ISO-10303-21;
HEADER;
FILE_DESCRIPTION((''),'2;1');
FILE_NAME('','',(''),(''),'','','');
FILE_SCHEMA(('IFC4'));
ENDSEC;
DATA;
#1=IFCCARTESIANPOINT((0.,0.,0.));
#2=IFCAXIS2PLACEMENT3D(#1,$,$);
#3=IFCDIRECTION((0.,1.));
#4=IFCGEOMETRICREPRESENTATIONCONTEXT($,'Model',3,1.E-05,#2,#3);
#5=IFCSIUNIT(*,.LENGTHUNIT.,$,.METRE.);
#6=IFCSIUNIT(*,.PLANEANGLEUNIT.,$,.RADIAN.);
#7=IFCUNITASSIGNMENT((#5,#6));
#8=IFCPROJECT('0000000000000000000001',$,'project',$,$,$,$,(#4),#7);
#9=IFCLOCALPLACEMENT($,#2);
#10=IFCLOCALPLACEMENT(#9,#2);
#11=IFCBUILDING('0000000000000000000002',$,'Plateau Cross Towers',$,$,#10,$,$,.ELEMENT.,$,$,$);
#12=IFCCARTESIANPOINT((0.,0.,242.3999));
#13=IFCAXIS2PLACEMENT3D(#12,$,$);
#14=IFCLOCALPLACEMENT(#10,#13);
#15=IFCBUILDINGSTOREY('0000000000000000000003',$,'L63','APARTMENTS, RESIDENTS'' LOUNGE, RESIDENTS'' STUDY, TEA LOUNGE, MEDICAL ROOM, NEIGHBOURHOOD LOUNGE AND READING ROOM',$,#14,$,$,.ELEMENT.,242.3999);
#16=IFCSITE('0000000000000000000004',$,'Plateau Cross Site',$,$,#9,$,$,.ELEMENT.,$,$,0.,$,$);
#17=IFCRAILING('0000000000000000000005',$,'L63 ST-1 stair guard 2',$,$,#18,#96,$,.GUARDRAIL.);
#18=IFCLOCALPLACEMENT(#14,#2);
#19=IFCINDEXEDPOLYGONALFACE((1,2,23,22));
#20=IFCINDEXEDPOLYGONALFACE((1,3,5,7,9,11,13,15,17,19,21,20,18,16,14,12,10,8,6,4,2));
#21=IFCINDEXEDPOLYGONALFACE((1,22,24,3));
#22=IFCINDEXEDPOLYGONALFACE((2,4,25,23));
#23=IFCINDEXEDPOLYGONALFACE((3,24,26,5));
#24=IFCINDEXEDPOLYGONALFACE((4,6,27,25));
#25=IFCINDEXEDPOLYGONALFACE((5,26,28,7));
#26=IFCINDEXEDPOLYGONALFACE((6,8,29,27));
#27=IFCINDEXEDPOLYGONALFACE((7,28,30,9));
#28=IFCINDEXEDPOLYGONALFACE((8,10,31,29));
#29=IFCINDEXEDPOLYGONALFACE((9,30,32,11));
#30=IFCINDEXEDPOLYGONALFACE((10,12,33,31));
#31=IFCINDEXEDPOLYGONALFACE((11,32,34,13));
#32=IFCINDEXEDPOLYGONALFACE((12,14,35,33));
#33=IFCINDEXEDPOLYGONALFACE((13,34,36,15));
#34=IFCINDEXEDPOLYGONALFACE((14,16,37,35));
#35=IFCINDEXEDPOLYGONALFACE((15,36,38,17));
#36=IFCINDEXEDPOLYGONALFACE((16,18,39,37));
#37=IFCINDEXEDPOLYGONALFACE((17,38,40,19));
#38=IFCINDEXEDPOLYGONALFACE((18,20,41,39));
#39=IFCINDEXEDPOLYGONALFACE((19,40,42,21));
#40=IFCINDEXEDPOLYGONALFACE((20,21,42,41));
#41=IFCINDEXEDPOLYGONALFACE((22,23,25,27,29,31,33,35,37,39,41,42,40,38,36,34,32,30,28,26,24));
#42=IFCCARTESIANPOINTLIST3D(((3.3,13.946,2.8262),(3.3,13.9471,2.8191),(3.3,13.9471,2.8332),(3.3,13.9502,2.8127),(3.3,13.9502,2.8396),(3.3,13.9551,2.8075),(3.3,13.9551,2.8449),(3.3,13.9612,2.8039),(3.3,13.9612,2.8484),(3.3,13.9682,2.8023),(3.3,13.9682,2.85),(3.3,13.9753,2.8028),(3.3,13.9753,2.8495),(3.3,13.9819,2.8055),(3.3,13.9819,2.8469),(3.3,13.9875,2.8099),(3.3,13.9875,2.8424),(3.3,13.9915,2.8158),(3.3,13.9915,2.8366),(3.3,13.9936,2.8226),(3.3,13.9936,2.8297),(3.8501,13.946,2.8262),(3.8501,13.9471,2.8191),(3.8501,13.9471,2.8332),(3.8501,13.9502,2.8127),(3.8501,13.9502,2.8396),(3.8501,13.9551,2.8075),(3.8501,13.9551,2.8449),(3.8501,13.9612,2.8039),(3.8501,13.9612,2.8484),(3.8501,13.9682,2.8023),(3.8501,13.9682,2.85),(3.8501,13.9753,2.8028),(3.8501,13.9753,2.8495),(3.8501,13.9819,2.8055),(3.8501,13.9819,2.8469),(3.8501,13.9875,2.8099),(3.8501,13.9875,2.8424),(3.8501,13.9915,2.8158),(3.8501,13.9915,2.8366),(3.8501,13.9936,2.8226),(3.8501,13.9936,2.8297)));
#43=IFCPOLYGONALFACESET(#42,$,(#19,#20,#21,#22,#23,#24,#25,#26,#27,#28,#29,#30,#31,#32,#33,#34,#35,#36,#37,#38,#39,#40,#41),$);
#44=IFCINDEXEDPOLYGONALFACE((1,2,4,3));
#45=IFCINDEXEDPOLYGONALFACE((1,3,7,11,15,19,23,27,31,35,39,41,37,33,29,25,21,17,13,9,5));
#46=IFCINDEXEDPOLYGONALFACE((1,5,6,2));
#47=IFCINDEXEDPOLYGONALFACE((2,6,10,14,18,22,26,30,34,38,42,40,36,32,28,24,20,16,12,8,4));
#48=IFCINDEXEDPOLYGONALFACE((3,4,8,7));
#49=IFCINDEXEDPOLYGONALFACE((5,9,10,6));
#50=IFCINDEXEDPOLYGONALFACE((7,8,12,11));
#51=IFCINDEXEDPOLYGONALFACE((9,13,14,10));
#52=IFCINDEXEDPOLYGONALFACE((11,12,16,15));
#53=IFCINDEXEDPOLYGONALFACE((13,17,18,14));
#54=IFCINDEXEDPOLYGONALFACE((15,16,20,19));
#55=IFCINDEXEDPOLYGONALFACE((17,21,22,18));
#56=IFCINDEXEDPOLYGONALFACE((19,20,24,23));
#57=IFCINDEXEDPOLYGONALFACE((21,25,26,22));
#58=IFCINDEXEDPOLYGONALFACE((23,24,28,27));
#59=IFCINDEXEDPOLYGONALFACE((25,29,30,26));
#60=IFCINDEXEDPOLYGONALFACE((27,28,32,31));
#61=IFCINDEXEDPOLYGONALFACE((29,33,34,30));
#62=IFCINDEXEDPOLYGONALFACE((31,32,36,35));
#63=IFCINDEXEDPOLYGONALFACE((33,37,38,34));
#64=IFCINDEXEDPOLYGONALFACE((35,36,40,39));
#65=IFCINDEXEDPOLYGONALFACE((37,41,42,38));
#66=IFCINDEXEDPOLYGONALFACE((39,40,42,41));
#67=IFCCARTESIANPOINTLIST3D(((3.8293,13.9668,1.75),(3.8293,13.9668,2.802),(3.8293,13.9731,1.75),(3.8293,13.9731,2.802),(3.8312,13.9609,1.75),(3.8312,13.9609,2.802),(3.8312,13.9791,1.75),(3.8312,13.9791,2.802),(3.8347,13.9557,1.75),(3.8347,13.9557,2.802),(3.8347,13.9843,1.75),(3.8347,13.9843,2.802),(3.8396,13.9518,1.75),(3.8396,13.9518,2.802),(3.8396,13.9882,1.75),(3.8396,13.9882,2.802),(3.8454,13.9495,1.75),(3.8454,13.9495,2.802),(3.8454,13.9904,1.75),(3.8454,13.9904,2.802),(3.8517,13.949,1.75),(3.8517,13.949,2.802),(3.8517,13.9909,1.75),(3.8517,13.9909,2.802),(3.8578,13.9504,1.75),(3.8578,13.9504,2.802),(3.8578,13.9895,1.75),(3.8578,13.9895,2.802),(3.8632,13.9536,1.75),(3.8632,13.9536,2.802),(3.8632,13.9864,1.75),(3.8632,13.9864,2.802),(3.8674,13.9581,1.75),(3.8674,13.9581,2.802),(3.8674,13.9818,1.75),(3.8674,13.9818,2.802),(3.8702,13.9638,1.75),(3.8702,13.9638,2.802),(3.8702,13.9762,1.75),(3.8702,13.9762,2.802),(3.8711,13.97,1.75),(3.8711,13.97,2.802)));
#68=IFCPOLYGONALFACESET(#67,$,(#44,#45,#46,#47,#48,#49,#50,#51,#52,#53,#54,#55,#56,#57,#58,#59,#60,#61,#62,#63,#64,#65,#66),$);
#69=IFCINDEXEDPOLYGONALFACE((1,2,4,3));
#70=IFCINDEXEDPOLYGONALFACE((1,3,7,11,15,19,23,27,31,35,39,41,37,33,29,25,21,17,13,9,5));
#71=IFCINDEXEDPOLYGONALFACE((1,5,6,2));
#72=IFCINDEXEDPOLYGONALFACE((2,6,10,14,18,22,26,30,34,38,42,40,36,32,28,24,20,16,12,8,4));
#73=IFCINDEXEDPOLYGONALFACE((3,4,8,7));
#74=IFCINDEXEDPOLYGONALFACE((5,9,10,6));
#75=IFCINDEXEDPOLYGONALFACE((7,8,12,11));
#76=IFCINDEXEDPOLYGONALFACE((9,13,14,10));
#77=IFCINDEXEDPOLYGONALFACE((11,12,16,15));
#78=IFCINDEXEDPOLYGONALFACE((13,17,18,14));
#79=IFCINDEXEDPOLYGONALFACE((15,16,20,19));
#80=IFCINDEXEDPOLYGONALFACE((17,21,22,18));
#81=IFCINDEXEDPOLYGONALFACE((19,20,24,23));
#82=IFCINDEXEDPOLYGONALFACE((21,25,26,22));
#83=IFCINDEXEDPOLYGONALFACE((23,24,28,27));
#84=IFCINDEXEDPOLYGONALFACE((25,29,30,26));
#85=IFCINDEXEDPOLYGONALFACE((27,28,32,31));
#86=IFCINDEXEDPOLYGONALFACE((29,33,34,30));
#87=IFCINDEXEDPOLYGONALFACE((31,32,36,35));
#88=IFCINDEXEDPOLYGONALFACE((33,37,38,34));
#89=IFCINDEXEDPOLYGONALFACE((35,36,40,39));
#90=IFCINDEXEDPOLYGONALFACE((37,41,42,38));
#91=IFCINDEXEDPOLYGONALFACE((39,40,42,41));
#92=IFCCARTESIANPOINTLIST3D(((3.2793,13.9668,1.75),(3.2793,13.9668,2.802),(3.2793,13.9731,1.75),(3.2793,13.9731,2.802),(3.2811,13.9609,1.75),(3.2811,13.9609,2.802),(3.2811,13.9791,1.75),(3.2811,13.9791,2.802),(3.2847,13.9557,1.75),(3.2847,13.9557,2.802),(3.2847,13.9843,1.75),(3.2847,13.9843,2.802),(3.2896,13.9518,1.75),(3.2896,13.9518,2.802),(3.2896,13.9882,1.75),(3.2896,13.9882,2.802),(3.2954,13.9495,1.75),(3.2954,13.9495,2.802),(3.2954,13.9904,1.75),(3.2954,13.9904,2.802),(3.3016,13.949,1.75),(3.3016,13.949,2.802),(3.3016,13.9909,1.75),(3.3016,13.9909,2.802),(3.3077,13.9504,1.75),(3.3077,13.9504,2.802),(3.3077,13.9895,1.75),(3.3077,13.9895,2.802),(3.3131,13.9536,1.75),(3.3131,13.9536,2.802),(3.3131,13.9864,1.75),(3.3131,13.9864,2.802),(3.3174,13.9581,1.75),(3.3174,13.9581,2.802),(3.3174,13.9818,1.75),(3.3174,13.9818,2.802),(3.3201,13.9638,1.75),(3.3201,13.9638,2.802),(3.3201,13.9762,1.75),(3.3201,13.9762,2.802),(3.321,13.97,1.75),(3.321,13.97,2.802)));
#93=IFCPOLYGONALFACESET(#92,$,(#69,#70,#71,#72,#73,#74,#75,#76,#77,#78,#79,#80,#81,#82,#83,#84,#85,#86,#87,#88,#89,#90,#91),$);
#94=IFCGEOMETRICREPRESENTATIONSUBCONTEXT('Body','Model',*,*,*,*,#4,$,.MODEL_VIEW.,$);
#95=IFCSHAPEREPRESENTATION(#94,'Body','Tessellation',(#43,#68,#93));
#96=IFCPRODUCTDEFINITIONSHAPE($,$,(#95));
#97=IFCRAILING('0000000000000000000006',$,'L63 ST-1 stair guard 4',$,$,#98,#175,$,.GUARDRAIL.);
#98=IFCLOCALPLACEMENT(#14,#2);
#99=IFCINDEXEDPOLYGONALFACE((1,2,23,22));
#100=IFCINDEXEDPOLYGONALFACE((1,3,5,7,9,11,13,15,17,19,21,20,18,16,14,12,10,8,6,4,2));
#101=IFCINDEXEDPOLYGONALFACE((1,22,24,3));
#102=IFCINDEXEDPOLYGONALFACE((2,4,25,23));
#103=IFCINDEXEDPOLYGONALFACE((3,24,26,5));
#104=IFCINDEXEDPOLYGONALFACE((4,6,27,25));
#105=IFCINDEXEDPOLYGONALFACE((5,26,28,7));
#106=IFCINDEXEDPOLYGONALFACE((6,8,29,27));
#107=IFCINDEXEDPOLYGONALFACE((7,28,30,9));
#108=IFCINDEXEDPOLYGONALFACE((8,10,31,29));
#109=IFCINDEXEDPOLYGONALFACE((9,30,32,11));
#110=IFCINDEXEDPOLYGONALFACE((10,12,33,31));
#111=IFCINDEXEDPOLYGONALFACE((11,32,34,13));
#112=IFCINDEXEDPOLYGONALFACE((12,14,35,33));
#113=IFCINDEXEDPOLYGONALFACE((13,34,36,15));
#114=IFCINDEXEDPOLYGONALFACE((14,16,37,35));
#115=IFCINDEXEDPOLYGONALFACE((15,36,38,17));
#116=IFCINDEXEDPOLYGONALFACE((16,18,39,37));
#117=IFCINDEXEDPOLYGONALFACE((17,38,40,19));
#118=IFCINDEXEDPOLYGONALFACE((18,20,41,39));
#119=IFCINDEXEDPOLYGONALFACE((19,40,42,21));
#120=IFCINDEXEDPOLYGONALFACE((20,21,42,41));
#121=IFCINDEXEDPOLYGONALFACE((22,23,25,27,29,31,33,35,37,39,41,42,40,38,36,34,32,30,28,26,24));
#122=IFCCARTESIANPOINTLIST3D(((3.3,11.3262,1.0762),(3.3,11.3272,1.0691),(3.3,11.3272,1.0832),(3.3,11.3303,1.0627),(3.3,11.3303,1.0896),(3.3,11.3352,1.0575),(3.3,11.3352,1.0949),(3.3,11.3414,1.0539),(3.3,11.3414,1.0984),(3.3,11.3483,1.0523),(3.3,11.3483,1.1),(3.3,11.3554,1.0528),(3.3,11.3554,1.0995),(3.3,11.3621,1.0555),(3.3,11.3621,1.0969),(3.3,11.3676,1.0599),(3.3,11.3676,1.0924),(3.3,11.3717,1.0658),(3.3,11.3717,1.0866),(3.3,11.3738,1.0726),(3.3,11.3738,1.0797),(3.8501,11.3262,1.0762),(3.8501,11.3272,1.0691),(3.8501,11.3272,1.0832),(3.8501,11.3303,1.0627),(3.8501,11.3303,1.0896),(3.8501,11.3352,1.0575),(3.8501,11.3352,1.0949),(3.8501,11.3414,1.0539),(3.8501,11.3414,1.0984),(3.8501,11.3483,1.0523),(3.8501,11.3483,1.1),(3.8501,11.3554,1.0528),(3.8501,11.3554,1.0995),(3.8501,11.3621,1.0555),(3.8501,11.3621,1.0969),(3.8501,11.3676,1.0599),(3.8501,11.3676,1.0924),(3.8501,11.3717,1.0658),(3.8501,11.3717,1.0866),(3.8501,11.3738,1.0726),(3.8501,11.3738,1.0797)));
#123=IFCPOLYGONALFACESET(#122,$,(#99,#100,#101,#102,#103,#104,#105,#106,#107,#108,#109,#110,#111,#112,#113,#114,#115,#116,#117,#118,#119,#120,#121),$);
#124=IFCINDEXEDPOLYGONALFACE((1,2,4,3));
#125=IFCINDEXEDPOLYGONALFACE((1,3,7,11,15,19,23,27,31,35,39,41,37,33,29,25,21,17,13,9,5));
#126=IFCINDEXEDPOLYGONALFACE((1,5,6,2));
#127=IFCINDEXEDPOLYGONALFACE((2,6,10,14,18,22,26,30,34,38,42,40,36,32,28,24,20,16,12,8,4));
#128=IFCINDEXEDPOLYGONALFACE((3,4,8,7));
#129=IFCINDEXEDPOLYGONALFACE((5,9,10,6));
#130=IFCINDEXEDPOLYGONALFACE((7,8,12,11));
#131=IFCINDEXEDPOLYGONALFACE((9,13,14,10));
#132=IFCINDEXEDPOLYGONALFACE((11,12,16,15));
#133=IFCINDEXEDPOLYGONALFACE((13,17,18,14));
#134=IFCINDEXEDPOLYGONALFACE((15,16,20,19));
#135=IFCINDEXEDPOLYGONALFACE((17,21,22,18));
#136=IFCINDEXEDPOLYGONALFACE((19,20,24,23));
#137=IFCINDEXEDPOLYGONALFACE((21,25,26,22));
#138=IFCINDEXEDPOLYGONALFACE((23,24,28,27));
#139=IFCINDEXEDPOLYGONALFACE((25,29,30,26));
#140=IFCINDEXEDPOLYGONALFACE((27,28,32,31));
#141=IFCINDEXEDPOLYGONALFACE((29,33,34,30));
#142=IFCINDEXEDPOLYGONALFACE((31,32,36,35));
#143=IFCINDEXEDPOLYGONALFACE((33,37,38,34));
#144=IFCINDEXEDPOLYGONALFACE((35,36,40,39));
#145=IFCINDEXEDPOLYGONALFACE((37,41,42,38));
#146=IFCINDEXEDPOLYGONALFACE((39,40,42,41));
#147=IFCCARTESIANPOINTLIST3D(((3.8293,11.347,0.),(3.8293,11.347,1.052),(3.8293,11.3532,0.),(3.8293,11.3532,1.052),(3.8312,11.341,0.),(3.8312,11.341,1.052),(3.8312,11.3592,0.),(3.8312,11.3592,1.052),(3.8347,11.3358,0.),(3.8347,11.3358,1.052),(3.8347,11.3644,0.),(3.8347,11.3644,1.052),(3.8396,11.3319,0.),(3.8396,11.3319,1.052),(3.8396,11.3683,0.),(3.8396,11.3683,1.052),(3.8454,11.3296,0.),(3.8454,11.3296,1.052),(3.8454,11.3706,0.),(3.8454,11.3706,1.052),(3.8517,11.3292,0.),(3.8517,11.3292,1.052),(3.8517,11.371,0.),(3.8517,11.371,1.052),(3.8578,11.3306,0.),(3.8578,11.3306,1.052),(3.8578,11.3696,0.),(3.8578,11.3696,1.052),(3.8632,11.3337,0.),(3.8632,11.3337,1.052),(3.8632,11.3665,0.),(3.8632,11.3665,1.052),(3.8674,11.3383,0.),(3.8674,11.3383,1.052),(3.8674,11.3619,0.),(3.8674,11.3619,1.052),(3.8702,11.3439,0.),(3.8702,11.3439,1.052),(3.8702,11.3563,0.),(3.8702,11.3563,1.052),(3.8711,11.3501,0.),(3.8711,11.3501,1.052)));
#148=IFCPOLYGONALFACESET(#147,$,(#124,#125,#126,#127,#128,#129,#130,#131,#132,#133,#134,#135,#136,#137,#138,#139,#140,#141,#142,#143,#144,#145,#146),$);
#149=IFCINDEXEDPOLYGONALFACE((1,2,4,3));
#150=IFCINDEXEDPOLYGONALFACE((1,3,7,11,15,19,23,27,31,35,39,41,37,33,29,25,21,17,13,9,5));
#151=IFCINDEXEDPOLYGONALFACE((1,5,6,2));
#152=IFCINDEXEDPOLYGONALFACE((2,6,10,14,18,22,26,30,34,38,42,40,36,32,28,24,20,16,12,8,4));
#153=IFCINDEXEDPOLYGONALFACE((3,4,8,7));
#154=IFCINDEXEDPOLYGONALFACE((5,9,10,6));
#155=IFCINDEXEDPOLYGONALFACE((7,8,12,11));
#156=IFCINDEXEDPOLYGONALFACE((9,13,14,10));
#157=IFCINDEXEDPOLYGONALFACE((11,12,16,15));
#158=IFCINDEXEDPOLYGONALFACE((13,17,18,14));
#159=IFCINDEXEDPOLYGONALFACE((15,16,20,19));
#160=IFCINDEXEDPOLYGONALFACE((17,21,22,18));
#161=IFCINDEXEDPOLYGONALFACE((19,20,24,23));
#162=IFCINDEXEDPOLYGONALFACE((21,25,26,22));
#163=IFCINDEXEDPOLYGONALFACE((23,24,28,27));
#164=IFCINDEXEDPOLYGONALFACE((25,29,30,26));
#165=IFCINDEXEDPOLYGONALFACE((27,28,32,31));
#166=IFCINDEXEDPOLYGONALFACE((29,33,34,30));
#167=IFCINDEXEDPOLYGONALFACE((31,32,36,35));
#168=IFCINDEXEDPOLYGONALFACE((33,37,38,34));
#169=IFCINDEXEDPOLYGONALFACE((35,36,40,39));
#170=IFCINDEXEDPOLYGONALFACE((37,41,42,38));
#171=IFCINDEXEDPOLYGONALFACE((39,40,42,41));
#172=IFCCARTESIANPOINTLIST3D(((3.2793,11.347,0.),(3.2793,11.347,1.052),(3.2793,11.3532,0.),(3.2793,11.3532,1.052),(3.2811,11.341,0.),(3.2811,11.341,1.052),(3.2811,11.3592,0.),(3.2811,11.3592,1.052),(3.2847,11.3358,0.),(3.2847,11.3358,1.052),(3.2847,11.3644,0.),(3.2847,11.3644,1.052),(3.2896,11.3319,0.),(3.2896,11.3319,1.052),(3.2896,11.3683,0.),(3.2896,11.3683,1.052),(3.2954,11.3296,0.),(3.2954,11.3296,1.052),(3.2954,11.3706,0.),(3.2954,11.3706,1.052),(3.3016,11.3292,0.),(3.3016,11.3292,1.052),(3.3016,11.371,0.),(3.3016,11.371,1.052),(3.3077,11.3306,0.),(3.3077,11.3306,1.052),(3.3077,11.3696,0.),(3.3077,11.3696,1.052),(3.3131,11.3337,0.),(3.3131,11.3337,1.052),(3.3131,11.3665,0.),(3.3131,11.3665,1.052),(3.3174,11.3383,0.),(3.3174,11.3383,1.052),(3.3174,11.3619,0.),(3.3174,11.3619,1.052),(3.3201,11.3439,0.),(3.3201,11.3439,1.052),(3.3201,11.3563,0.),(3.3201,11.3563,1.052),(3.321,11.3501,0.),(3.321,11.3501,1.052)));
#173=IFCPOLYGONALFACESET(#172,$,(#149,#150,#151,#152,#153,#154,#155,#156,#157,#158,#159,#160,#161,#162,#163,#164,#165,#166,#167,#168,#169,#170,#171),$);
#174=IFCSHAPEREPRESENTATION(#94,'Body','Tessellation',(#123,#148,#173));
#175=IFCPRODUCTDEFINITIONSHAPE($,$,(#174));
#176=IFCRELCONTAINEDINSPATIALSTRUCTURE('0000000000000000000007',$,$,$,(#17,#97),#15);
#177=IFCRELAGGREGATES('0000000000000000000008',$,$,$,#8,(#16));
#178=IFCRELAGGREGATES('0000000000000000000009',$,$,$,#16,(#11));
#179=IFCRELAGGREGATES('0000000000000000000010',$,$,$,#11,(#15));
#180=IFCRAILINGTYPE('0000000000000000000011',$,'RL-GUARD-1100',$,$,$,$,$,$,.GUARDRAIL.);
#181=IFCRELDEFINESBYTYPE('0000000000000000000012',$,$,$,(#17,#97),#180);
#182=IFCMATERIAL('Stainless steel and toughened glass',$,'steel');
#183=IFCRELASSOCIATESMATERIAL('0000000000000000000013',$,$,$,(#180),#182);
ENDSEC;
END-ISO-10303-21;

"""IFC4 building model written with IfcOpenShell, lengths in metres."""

from ifc_helpers import new_model, si_unit, direction, frame, origin, origin_2d, place, context, subcontext, project, spatial, circle, extrude, material, type_object, element, save


model = new_model("IFC4")

# Units and contexts
model_context = context("Model", 3, precision=1e-05, world=origin(), true_north=direction((0.0, 1.0)))
body_context = subcontext(model_context, "Body", "Model", "MODEL_VIEW")
ifc_project = project(units=[si_unit("LENGTHUNIT", "METRE"), si_unit("PLANEANGLEUNIT", "RADIAN")], contexts=[model_context])

# Site, building, storey
site_placement = place(None, origin())
site = spatial("IfcSite", under=ifc_project, at=site_placement, Name="Plateau Cross Site", CompositionType="ELEMENT", RefElevation=0.0)
building_placement = place(site_placement, origin())
building = spatial("IfcBuilding", under=site, at=building_placement, Name="Plateau Cross Towers", CompositionType="ELEMENT")
storey_placement = place(building_placement, frame((0.0, 0.0, 242.3999)))
storey = spatial("IfcBuildingStorey", under=building, at=storey_placement, Name="L63", Description="APARTMENTS, RESIDENTS' LOUNGE, RESIDENTS' STUDY, TEA LOUNGE, MEDICAL ROOM, NEIGHBOURHOOD LOUNGE AND READING ROOM", CompositionType="ELEMENT", Elevation=242.3999)

# Railings
ifc_material_1 = material(Name="Stainless steel and toughened glass", Category="steel")
railing_type_1 = type_object("IfcRailingType", Name="RL-GUARD-1100", PredefinedType="GUARDRAIL", material=ifc_material_1)
for number, where, name in (
    (1, (3.8501, 13.97, 1.75), "L63 ST-1 stair guard 2"),
    (2, (3.8501, 11.3501, 0.0), "L63 ST-1 stair guard 4"),
):
    element("IfcRailing", number, at=place(storey_placement, frame(where)), inside=storey, type_object=railing_type_1, Name=name, PredefinedType="GUARDRAIL", context=body_context, shape_type="SweptSolid", body=[
        extrude(circle(Radius=0.0239, at=origin_2d()), frame((0.0, 0.0, 1.0762), z_axis=(-1.0, 0.0, 0.0), x_axis=(0.0, -1.0, 0.0)), (0.0, 0.0, 1.0), 0.55),
        extrude(circle(Radius=0.021, at=origin_2d()), origin(), (0.0, 0.0, 1.0), 1.052),
        extrude(circle(Radius=0.021, at=origin_2d()), frame((-0.55, 0.0, 0.0)), (0.0, 0.0, 1.0), 1.052),
    ])

save(model, "model.ifc")
